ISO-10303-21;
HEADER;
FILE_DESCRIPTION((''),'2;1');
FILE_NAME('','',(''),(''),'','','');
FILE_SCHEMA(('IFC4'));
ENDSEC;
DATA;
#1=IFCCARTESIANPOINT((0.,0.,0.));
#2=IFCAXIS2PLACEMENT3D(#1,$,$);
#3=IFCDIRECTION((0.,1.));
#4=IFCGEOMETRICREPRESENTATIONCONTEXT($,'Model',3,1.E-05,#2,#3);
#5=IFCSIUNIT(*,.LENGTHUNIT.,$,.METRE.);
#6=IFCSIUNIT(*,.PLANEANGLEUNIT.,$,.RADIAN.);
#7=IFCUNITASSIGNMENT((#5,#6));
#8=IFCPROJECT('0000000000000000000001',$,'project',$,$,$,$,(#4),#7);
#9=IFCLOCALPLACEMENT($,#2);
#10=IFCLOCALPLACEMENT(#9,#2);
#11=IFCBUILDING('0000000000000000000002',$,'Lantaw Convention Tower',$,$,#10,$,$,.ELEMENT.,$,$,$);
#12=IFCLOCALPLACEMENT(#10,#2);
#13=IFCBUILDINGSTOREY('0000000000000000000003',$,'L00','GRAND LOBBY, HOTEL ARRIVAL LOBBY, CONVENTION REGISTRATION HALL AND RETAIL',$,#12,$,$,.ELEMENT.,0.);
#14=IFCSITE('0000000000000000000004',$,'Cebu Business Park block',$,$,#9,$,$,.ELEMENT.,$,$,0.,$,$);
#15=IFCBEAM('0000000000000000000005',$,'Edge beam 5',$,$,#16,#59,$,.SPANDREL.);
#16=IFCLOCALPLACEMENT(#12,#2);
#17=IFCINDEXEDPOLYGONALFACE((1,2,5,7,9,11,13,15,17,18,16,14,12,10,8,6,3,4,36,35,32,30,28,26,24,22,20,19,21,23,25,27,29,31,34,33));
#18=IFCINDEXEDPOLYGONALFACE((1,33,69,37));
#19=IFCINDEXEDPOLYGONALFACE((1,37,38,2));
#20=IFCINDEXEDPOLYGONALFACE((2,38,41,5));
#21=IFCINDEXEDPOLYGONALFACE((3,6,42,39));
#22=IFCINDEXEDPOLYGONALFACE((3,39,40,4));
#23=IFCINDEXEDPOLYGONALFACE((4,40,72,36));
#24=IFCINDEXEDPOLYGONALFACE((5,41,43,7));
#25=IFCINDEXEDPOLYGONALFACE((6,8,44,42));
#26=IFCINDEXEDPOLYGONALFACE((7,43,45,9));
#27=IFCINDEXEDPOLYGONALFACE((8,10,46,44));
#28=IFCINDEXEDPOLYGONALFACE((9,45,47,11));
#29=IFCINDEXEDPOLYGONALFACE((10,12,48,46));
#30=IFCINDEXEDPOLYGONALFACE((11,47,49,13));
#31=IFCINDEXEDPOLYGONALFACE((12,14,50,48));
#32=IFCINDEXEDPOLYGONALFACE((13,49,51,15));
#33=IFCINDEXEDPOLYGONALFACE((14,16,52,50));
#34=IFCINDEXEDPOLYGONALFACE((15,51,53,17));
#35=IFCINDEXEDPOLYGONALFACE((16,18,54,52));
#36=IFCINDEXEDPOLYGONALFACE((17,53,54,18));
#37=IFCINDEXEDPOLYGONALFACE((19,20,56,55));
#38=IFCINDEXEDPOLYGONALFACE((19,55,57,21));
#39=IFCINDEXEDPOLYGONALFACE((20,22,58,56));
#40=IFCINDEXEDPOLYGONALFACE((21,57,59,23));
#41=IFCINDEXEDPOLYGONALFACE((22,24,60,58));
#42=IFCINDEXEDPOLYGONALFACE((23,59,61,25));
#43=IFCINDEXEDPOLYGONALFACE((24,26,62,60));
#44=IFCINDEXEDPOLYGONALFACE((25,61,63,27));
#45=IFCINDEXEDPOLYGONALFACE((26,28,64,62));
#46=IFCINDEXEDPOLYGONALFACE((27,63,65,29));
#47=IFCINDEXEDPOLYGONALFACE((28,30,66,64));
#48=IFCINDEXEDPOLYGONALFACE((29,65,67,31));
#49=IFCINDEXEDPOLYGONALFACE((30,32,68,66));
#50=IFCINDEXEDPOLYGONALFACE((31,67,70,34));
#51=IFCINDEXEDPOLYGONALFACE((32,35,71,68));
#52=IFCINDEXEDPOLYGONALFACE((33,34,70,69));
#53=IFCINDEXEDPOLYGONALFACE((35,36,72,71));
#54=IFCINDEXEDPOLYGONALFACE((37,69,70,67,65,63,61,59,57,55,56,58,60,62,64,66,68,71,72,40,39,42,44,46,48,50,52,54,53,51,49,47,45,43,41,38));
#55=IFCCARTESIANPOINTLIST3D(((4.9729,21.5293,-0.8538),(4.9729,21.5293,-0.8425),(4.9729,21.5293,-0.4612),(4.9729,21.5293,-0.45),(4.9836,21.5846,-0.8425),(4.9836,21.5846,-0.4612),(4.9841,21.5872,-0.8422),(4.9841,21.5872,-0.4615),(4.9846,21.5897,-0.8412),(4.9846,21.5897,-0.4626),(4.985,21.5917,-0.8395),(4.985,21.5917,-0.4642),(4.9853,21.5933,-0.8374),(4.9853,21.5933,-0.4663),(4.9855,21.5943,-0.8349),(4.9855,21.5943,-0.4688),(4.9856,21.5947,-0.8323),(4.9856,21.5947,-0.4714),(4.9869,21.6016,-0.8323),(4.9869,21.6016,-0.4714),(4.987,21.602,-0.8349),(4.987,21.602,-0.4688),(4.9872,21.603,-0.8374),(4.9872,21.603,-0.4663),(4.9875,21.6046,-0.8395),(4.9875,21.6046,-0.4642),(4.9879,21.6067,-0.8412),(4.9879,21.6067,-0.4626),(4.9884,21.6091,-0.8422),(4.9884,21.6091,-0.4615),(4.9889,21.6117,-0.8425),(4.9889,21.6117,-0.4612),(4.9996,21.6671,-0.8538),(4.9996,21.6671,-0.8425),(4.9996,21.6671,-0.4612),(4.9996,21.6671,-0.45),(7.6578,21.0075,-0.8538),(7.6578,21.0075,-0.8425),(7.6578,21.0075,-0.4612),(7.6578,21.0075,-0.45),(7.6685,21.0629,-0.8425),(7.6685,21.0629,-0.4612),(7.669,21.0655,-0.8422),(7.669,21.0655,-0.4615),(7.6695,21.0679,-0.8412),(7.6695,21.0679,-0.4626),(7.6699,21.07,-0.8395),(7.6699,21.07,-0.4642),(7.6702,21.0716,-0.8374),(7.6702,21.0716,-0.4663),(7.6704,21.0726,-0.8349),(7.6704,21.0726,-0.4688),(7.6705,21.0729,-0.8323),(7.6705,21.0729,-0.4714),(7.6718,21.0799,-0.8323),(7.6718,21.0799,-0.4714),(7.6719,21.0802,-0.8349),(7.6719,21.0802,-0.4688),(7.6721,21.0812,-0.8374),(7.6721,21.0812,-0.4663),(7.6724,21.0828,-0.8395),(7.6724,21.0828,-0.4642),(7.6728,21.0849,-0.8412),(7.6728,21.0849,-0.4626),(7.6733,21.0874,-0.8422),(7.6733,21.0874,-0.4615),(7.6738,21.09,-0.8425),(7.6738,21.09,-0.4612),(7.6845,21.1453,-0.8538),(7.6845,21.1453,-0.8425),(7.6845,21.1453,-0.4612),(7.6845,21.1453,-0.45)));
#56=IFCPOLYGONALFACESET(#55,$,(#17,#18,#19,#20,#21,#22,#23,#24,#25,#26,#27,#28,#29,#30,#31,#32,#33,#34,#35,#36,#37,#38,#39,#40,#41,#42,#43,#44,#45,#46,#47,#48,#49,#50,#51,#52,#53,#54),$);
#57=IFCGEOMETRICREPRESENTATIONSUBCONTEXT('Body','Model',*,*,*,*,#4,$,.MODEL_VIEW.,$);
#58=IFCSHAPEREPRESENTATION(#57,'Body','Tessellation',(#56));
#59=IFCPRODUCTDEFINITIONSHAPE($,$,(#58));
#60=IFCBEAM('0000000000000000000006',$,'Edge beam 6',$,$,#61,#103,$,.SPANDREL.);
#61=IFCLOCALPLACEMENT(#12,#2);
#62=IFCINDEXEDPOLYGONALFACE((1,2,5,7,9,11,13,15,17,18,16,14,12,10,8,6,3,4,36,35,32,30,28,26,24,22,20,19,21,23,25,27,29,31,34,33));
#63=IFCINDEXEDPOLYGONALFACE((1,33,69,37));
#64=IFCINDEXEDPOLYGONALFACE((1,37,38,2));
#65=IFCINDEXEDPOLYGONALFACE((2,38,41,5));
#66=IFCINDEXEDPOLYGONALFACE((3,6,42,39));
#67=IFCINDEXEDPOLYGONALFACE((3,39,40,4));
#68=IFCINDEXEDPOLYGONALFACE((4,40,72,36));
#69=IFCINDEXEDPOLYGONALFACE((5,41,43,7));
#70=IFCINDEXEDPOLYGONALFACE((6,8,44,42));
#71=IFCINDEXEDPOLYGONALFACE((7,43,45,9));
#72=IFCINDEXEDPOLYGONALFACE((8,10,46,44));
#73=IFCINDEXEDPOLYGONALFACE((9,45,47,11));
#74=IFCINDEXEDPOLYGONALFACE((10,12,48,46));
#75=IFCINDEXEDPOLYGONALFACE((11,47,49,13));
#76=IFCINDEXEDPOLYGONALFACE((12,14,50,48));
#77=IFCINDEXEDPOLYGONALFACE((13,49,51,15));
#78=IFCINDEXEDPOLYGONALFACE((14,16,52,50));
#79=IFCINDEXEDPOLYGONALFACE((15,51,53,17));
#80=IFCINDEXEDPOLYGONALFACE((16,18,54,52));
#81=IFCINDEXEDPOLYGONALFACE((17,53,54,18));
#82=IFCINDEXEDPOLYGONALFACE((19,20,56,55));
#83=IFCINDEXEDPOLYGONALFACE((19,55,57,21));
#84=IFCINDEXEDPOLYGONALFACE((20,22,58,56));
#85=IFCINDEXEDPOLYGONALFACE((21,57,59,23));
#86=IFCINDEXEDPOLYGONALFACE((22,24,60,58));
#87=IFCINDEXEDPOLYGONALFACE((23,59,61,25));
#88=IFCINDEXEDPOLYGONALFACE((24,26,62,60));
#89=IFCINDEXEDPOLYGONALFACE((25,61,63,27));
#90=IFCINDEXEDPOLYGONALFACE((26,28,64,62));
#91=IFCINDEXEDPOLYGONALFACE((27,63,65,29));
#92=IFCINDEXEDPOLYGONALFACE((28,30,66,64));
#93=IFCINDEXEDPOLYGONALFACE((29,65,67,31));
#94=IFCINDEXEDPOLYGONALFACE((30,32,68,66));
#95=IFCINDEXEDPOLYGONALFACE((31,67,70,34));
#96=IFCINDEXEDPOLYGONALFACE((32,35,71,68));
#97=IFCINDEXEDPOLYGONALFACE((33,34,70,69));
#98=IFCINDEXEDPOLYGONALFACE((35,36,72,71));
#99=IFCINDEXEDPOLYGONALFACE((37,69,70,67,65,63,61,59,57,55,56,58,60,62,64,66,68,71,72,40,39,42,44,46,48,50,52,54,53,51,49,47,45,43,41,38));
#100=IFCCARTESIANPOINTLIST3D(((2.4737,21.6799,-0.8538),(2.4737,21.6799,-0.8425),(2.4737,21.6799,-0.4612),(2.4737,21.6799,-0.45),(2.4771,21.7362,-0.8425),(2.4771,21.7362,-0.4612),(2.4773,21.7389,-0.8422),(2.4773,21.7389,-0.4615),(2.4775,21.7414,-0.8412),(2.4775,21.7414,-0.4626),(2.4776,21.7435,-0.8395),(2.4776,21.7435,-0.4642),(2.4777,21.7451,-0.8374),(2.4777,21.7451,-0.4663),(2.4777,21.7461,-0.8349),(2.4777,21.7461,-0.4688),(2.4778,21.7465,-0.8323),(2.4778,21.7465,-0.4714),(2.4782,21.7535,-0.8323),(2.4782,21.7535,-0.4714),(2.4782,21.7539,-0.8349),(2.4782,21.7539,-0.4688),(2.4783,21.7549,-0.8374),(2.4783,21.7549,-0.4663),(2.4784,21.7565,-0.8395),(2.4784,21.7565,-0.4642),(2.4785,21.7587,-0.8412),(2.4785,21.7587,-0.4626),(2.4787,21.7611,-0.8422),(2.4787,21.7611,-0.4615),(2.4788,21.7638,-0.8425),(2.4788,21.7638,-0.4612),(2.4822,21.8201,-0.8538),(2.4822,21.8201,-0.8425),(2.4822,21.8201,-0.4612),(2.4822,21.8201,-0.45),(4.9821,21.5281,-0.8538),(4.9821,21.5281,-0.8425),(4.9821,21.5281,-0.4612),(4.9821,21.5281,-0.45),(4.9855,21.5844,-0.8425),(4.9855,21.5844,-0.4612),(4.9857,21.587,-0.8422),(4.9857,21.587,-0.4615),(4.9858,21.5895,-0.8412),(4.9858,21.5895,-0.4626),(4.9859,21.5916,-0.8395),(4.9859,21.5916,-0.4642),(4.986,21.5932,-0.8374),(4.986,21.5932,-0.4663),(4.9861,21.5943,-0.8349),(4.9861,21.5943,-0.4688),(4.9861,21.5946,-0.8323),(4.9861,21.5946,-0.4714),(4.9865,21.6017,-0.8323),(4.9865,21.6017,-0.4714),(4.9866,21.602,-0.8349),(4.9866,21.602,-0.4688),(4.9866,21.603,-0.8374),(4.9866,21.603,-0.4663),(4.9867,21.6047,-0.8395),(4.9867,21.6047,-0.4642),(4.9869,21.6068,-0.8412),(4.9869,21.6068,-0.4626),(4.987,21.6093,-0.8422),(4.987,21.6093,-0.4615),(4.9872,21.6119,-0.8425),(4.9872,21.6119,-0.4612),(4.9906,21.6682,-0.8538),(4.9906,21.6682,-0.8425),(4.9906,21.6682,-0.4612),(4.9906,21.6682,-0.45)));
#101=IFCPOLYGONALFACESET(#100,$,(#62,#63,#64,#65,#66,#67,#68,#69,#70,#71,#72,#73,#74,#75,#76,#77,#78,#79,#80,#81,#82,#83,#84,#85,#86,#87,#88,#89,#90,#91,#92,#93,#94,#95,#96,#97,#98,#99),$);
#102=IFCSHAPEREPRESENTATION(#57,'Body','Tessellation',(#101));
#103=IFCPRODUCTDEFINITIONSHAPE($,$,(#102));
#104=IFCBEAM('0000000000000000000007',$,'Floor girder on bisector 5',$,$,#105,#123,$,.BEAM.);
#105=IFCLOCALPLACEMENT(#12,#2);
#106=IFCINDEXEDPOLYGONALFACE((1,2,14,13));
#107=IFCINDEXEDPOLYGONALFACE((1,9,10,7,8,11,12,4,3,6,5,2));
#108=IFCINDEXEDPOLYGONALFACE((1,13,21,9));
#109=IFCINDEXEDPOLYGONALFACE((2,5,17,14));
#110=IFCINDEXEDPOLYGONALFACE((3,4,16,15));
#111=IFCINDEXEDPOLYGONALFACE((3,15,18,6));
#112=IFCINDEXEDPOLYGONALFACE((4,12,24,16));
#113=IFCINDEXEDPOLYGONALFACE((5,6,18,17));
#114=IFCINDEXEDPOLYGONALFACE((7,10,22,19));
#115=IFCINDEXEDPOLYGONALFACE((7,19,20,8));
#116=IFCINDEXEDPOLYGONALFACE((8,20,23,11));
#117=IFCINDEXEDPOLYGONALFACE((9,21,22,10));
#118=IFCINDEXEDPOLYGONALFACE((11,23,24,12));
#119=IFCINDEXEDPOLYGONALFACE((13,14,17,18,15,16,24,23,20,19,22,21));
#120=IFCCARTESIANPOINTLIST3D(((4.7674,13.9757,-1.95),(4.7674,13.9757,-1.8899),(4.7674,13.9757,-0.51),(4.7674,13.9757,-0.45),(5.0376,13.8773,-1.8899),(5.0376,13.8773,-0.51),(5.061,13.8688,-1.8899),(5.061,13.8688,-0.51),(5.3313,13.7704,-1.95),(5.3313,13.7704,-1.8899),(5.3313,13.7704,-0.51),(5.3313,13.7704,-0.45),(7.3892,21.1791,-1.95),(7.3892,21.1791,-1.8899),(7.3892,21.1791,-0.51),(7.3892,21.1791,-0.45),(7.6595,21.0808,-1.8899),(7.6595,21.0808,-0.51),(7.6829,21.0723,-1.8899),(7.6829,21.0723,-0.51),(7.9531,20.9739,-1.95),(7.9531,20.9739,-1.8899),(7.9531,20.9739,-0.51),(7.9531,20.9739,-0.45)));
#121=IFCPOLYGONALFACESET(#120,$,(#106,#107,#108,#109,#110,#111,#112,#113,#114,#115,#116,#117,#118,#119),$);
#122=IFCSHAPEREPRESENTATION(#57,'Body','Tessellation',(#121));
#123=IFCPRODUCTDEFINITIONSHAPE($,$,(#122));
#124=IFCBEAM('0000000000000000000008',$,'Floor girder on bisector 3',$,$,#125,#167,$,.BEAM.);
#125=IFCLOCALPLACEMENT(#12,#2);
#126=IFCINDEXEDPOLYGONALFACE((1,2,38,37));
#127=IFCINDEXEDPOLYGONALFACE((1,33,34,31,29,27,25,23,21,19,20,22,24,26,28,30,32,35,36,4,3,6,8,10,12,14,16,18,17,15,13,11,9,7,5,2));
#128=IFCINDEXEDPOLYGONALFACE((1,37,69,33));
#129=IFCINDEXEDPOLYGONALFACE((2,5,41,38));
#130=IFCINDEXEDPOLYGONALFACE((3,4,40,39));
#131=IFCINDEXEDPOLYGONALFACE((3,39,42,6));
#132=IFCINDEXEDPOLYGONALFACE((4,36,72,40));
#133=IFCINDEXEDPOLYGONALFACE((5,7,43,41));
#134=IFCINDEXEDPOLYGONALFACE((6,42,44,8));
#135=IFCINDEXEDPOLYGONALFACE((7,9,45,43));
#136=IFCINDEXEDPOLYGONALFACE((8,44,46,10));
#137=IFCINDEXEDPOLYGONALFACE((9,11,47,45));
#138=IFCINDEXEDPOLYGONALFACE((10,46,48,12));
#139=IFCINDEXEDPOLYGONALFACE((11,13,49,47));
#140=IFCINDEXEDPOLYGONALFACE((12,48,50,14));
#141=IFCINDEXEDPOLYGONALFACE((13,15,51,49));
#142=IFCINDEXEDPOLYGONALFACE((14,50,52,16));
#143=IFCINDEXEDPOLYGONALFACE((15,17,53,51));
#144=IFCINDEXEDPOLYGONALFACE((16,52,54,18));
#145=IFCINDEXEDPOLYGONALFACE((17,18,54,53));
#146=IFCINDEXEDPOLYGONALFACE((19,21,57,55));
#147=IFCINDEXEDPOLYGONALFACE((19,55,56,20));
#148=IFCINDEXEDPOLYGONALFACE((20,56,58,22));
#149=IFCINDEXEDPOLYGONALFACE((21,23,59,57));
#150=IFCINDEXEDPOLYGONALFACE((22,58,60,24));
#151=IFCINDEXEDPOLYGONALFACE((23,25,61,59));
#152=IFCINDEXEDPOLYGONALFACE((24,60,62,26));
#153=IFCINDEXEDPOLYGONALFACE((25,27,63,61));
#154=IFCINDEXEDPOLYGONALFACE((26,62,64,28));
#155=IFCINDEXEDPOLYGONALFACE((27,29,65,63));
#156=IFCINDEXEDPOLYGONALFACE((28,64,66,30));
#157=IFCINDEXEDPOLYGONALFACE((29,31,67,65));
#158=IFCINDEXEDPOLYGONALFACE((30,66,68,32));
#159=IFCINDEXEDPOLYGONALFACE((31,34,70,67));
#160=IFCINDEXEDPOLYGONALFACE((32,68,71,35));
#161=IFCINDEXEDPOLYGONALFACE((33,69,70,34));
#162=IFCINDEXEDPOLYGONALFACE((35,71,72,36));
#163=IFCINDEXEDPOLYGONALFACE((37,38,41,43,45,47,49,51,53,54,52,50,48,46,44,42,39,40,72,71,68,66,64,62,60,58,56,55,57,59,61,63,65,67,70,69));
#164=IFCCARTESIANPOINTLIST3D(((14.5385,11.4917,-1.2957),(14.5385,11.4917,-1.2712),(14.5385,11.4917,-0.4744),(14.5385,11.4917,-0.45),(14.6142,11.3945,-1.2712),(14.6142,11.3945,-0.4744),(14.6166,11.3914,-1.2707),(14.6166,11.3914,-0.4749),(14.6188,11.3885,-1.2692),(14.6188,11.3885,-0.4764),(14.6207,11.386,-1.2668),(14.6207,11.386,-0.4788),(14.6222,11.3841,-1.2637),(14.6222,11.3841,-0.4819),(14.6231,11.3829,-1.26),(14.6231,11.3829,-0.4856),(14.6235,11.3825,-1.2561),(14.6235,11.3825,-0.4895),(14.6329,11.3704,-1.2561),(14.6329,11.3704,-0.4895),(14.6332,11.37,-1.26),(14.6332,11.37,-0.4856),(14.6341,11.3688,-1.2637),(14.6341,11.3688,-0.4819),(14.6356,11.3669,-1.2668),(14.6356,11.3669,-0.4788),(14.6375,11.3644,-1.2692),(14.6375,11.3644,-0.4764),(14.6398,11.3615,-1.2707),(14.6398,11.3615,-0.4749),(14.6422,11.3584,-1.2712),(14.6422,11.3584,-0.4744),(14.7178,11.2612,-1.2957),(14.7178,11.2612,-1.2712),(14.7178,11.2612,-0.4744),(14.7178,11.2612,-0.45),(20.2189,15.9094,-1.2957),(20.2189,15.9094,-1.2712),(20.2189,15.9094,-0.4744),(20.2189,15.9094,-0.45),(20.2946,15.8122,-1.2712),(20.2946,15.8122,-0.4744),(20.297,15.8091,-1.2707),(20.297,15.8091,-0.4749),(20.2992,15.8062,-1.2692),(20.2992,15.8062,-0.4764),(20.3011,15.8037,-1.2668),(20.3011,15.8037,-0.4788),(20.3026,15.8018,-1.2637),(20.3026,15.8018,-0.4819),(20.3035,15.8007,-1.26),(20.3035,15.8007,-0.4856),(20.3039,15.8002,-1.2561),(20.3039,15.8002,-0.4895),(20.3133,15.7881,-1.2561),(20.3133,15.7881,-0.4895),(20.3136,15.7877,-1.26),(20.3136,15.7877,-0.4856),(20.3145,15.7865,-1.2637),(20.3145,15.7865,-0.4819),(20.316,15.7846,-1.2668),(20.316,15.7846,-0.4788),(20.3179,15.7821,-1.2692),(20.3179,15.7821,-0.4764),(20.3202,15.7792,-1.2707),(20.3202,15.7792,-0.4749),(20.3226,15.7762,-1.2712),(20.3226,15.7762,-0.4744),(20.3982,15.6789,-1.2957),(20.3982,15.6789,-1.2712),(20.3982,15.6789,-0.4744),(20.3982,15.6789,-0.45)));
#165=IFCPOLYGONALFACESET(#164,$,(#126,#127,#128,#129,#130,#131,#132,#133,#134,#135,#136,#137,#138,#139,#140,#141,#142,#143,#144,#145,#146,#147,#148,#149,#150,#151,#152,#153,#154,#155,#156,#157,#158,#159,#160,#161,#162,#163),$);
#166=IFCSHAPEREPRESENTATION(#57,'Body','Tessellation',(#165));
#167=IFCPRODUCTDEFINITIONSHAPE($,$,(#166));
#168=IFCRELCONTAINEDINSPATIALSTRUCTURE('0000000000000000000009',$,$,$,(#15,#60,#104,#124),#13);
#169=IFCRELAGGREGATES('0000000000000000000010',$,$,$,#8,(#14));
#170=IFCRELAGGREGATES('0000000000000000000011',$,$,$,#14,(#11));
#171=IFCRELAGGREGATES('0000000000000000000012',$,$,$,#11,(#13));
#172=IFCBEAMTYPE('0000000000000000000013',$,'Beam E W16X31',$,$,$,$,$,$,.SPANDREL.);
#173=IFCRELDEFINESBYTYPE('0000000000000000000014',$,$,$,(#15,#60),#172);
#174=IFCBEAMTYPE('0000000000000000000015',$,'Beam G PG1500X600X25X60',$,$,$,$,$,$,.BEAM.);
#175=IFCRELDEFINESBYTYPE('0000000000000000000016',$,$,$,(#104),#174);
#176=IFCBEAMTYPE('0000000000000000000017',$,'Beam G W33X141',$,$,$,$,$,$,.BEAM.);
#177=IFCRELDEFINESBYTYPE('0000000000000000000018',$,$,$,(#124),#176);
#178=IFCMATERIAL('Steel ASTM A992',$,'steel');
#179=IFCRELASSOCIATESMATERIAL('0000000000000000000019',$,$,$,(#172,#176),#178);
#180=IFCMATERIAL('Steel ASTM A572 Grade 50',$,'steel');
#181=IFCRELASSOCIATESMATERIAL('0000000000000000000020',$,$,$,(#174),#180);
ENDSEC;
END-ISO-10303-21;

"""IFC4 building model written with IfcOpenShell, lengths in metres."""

from ifc_helpers import new_model, si_unit, direction, frame, origin, origin_2d, place, context, subcontext, project, spatial, i_section, extrude, material, material_profile, profile_set, type_object, element, save


model = new_model("IFC4")

# Units and contexts
model_context = context("Model", 3, precision=1e-05, world=origin(), true_north=direction((0.0, 1.0)))
body_context = subcontext(model_context, "Body", "Model", "MODEL_VIEW")
ifc_project = project(units=[si_unit("LENGTHUNIT", "METRE"), si_unit("PLANEANGLEUNIT", "RADIAN")], contexts=[model_context])

# Site, building, storey
site_placement = place(None, origin())
site = spatial("IfcSite", under=ifc_project, at=site_placement, Name="Cebu Business Park block", CompositionType="ELEMENT", RefElevation=0.0)
building_placement = place(site_placement, origin())
building = spatial("IfcBuilding", under=site, at=building_placement, Name="Lantaw Convention Tower", CompositionType="ELEMENT")
storey_placement = place(building_placement, origin())
storey = spatial("IfcBuildingStorey", under=building, at=storey_placement, Name="L00", Description="GRAND LOBBY, HOTEL ARRIVAL LOBBY, CONVENTION REGISTRATION HALL AND RETAIL", CompositionType="ELEMENT", Elevation=0.0)

# Shared definitions
ifc_material_1 = material(Name="Steel ASTM A572 Grade 50", Category="steel")

# Beams
ifc_material_2 = material(Name="Steel ASTM A992", Category="steel")
ifc_material_profile_1 = material_profile(ifc_material_2, i_section(OverallWidth=0.1404, OverallDepth=0.4038, WebThickness=0.0071, FlangeThickness=0.0112, FilletRadius=0.0103, at=origin_2d()), Name="W16X31")
ifc_profile_set_1 = profile_set([ifc_material_profile_1], Name="Steel ASTM A992")
beam_type_1 = type_object("IfcBeamType", Name="Beam E W16X31", PredefinedType="SPANDREL", material=ifc_profile_set_1)
beam_1_placement = place(storey_placement, frame((7.6711, 21.0764, -0.6519), z_axis=(-0.981637, 0.190757, 0.0), x_axis=(-0.190757, -0.981637, 0.0)))
element("IfcBeam", 1, at=beam_1_placement, inside=storey, type_object=beam_type_1, Name="Edge beam 5", PredefinedType="SPANDREL", context=body_context, shape_type="SweptSolid", body=[
    extrude(i_section(OverallWidth=0.1404, OverallDepth=0.4038, WebThickness=0.0071, FlangeThickness=0.0112, FilletRadius=0.0103, at=origin_2d()), origin(), (0.0, 0.0, 1.0), 2.7351),
])
beam_2_placement = place(storey_placement, frame((4.9863, 21.5981, -0.6519), z_axis=(-0.998172, 0.060431, 0.0), x_axis=(-0.060431, -0.998172, 0.0)))
element("IfcBeam", 2, at=beam_2_placement, inside=storey, type_object=beam_type_1, Name="Edge beam 6", PredefinedType="SPANDREL", context=body_context, shape_type="SweptSolid", body=[
    extrude(i_section(OverallWidth=0.1404, OverallDepth=0.4038, WebThickness=0.0071, FlangeThickness=0.0112, FilletRadius=0.0103, at=origin_2d()), origin(), (0.0, 0.0, 1.0), 2.5129),
])
ifc_material_profile_2 = material_profile(ifc_material_1, i_section(OverallWidth=0.6001, OverallDepth=1.5, WebThickness=0.0249, FlangeThickness=0.0601, at=origin_2d()), Name="PG1500X600X25X60")
ifc_profile_set_2 = profile_set([ifc_material_profile_2], Name="Steel ASTM A572 Grade 50")
beam_type_2 = type_object("IfcBeamType", Name="Beam G PG1500X600X25X60", PredefinedType="BEAM", material=ifc_profile_set_2)
beam_3_placement = place(storey_placement, frame((5.0493, 13.873, -1.2), z_axis=(0.342022, 0.939692, 0.0), x_axis=(-0.939692, 0.342022, 0.0)))
element("IfcBeam", 3, at=beam_3_placement, inside=storey, type_object=beam_type_2, Name="Floor girder on bisector 5", PredefinedType="BEAM", context=body_context, shape_type="SweptSolid", body=[
    extrude(i_section(OverallWidth=0.6001, OverallDepth=1.5, WebThickness=0.0249, FlangeThickness=0.0601, at=origin_2d()), origin(), (0.0, 0.0, 1.0), 7.6658),
])
ifc_material_profile_3 = material_profile(ifc_material_2, i_section(OverallWidth=0.292, OverallDepth=0.8457, WebThickness=0.0154, FlangeThickness=0.0244, FilletRadius=0.0151, at=origin_2d()), Name="W33X141")
ifc_profile_set_3 = profile_set([ifc_material_profile_3], Name="Steel ASTM A992")
beam_type_3 = type_object("IfcBeamType", Name="Beam G W33X141", PredefinedType="BEAM", material=ifc_profile_set_3)
beam_4_placement = place(storey_placement, frame((14.6282, 11.3765, -0.8728), z_axis=(0.789378, 0.613908, 0.0), x_axis=(-0.613908, 0.789378, 0.0)))
element("IfcBeam", 4, at=beam_4_placement, inside=storey, type_object=beam_type_3, Name="Floor girder on bisector 3", PredefinedType="BEAM", context=body_context, shape_type="SweptSolid", body=[
    extrude(i_section(OverallWidth=0.292, OverallDepth=0.8457, WebThickness=0.0154, FlangeThickness=0.0244, FilletRadius=0.0151, at=origin_2d()), origin(), (0.0, 0.0, 1.0), 7.196),
])

save(model, "model.ifc")
